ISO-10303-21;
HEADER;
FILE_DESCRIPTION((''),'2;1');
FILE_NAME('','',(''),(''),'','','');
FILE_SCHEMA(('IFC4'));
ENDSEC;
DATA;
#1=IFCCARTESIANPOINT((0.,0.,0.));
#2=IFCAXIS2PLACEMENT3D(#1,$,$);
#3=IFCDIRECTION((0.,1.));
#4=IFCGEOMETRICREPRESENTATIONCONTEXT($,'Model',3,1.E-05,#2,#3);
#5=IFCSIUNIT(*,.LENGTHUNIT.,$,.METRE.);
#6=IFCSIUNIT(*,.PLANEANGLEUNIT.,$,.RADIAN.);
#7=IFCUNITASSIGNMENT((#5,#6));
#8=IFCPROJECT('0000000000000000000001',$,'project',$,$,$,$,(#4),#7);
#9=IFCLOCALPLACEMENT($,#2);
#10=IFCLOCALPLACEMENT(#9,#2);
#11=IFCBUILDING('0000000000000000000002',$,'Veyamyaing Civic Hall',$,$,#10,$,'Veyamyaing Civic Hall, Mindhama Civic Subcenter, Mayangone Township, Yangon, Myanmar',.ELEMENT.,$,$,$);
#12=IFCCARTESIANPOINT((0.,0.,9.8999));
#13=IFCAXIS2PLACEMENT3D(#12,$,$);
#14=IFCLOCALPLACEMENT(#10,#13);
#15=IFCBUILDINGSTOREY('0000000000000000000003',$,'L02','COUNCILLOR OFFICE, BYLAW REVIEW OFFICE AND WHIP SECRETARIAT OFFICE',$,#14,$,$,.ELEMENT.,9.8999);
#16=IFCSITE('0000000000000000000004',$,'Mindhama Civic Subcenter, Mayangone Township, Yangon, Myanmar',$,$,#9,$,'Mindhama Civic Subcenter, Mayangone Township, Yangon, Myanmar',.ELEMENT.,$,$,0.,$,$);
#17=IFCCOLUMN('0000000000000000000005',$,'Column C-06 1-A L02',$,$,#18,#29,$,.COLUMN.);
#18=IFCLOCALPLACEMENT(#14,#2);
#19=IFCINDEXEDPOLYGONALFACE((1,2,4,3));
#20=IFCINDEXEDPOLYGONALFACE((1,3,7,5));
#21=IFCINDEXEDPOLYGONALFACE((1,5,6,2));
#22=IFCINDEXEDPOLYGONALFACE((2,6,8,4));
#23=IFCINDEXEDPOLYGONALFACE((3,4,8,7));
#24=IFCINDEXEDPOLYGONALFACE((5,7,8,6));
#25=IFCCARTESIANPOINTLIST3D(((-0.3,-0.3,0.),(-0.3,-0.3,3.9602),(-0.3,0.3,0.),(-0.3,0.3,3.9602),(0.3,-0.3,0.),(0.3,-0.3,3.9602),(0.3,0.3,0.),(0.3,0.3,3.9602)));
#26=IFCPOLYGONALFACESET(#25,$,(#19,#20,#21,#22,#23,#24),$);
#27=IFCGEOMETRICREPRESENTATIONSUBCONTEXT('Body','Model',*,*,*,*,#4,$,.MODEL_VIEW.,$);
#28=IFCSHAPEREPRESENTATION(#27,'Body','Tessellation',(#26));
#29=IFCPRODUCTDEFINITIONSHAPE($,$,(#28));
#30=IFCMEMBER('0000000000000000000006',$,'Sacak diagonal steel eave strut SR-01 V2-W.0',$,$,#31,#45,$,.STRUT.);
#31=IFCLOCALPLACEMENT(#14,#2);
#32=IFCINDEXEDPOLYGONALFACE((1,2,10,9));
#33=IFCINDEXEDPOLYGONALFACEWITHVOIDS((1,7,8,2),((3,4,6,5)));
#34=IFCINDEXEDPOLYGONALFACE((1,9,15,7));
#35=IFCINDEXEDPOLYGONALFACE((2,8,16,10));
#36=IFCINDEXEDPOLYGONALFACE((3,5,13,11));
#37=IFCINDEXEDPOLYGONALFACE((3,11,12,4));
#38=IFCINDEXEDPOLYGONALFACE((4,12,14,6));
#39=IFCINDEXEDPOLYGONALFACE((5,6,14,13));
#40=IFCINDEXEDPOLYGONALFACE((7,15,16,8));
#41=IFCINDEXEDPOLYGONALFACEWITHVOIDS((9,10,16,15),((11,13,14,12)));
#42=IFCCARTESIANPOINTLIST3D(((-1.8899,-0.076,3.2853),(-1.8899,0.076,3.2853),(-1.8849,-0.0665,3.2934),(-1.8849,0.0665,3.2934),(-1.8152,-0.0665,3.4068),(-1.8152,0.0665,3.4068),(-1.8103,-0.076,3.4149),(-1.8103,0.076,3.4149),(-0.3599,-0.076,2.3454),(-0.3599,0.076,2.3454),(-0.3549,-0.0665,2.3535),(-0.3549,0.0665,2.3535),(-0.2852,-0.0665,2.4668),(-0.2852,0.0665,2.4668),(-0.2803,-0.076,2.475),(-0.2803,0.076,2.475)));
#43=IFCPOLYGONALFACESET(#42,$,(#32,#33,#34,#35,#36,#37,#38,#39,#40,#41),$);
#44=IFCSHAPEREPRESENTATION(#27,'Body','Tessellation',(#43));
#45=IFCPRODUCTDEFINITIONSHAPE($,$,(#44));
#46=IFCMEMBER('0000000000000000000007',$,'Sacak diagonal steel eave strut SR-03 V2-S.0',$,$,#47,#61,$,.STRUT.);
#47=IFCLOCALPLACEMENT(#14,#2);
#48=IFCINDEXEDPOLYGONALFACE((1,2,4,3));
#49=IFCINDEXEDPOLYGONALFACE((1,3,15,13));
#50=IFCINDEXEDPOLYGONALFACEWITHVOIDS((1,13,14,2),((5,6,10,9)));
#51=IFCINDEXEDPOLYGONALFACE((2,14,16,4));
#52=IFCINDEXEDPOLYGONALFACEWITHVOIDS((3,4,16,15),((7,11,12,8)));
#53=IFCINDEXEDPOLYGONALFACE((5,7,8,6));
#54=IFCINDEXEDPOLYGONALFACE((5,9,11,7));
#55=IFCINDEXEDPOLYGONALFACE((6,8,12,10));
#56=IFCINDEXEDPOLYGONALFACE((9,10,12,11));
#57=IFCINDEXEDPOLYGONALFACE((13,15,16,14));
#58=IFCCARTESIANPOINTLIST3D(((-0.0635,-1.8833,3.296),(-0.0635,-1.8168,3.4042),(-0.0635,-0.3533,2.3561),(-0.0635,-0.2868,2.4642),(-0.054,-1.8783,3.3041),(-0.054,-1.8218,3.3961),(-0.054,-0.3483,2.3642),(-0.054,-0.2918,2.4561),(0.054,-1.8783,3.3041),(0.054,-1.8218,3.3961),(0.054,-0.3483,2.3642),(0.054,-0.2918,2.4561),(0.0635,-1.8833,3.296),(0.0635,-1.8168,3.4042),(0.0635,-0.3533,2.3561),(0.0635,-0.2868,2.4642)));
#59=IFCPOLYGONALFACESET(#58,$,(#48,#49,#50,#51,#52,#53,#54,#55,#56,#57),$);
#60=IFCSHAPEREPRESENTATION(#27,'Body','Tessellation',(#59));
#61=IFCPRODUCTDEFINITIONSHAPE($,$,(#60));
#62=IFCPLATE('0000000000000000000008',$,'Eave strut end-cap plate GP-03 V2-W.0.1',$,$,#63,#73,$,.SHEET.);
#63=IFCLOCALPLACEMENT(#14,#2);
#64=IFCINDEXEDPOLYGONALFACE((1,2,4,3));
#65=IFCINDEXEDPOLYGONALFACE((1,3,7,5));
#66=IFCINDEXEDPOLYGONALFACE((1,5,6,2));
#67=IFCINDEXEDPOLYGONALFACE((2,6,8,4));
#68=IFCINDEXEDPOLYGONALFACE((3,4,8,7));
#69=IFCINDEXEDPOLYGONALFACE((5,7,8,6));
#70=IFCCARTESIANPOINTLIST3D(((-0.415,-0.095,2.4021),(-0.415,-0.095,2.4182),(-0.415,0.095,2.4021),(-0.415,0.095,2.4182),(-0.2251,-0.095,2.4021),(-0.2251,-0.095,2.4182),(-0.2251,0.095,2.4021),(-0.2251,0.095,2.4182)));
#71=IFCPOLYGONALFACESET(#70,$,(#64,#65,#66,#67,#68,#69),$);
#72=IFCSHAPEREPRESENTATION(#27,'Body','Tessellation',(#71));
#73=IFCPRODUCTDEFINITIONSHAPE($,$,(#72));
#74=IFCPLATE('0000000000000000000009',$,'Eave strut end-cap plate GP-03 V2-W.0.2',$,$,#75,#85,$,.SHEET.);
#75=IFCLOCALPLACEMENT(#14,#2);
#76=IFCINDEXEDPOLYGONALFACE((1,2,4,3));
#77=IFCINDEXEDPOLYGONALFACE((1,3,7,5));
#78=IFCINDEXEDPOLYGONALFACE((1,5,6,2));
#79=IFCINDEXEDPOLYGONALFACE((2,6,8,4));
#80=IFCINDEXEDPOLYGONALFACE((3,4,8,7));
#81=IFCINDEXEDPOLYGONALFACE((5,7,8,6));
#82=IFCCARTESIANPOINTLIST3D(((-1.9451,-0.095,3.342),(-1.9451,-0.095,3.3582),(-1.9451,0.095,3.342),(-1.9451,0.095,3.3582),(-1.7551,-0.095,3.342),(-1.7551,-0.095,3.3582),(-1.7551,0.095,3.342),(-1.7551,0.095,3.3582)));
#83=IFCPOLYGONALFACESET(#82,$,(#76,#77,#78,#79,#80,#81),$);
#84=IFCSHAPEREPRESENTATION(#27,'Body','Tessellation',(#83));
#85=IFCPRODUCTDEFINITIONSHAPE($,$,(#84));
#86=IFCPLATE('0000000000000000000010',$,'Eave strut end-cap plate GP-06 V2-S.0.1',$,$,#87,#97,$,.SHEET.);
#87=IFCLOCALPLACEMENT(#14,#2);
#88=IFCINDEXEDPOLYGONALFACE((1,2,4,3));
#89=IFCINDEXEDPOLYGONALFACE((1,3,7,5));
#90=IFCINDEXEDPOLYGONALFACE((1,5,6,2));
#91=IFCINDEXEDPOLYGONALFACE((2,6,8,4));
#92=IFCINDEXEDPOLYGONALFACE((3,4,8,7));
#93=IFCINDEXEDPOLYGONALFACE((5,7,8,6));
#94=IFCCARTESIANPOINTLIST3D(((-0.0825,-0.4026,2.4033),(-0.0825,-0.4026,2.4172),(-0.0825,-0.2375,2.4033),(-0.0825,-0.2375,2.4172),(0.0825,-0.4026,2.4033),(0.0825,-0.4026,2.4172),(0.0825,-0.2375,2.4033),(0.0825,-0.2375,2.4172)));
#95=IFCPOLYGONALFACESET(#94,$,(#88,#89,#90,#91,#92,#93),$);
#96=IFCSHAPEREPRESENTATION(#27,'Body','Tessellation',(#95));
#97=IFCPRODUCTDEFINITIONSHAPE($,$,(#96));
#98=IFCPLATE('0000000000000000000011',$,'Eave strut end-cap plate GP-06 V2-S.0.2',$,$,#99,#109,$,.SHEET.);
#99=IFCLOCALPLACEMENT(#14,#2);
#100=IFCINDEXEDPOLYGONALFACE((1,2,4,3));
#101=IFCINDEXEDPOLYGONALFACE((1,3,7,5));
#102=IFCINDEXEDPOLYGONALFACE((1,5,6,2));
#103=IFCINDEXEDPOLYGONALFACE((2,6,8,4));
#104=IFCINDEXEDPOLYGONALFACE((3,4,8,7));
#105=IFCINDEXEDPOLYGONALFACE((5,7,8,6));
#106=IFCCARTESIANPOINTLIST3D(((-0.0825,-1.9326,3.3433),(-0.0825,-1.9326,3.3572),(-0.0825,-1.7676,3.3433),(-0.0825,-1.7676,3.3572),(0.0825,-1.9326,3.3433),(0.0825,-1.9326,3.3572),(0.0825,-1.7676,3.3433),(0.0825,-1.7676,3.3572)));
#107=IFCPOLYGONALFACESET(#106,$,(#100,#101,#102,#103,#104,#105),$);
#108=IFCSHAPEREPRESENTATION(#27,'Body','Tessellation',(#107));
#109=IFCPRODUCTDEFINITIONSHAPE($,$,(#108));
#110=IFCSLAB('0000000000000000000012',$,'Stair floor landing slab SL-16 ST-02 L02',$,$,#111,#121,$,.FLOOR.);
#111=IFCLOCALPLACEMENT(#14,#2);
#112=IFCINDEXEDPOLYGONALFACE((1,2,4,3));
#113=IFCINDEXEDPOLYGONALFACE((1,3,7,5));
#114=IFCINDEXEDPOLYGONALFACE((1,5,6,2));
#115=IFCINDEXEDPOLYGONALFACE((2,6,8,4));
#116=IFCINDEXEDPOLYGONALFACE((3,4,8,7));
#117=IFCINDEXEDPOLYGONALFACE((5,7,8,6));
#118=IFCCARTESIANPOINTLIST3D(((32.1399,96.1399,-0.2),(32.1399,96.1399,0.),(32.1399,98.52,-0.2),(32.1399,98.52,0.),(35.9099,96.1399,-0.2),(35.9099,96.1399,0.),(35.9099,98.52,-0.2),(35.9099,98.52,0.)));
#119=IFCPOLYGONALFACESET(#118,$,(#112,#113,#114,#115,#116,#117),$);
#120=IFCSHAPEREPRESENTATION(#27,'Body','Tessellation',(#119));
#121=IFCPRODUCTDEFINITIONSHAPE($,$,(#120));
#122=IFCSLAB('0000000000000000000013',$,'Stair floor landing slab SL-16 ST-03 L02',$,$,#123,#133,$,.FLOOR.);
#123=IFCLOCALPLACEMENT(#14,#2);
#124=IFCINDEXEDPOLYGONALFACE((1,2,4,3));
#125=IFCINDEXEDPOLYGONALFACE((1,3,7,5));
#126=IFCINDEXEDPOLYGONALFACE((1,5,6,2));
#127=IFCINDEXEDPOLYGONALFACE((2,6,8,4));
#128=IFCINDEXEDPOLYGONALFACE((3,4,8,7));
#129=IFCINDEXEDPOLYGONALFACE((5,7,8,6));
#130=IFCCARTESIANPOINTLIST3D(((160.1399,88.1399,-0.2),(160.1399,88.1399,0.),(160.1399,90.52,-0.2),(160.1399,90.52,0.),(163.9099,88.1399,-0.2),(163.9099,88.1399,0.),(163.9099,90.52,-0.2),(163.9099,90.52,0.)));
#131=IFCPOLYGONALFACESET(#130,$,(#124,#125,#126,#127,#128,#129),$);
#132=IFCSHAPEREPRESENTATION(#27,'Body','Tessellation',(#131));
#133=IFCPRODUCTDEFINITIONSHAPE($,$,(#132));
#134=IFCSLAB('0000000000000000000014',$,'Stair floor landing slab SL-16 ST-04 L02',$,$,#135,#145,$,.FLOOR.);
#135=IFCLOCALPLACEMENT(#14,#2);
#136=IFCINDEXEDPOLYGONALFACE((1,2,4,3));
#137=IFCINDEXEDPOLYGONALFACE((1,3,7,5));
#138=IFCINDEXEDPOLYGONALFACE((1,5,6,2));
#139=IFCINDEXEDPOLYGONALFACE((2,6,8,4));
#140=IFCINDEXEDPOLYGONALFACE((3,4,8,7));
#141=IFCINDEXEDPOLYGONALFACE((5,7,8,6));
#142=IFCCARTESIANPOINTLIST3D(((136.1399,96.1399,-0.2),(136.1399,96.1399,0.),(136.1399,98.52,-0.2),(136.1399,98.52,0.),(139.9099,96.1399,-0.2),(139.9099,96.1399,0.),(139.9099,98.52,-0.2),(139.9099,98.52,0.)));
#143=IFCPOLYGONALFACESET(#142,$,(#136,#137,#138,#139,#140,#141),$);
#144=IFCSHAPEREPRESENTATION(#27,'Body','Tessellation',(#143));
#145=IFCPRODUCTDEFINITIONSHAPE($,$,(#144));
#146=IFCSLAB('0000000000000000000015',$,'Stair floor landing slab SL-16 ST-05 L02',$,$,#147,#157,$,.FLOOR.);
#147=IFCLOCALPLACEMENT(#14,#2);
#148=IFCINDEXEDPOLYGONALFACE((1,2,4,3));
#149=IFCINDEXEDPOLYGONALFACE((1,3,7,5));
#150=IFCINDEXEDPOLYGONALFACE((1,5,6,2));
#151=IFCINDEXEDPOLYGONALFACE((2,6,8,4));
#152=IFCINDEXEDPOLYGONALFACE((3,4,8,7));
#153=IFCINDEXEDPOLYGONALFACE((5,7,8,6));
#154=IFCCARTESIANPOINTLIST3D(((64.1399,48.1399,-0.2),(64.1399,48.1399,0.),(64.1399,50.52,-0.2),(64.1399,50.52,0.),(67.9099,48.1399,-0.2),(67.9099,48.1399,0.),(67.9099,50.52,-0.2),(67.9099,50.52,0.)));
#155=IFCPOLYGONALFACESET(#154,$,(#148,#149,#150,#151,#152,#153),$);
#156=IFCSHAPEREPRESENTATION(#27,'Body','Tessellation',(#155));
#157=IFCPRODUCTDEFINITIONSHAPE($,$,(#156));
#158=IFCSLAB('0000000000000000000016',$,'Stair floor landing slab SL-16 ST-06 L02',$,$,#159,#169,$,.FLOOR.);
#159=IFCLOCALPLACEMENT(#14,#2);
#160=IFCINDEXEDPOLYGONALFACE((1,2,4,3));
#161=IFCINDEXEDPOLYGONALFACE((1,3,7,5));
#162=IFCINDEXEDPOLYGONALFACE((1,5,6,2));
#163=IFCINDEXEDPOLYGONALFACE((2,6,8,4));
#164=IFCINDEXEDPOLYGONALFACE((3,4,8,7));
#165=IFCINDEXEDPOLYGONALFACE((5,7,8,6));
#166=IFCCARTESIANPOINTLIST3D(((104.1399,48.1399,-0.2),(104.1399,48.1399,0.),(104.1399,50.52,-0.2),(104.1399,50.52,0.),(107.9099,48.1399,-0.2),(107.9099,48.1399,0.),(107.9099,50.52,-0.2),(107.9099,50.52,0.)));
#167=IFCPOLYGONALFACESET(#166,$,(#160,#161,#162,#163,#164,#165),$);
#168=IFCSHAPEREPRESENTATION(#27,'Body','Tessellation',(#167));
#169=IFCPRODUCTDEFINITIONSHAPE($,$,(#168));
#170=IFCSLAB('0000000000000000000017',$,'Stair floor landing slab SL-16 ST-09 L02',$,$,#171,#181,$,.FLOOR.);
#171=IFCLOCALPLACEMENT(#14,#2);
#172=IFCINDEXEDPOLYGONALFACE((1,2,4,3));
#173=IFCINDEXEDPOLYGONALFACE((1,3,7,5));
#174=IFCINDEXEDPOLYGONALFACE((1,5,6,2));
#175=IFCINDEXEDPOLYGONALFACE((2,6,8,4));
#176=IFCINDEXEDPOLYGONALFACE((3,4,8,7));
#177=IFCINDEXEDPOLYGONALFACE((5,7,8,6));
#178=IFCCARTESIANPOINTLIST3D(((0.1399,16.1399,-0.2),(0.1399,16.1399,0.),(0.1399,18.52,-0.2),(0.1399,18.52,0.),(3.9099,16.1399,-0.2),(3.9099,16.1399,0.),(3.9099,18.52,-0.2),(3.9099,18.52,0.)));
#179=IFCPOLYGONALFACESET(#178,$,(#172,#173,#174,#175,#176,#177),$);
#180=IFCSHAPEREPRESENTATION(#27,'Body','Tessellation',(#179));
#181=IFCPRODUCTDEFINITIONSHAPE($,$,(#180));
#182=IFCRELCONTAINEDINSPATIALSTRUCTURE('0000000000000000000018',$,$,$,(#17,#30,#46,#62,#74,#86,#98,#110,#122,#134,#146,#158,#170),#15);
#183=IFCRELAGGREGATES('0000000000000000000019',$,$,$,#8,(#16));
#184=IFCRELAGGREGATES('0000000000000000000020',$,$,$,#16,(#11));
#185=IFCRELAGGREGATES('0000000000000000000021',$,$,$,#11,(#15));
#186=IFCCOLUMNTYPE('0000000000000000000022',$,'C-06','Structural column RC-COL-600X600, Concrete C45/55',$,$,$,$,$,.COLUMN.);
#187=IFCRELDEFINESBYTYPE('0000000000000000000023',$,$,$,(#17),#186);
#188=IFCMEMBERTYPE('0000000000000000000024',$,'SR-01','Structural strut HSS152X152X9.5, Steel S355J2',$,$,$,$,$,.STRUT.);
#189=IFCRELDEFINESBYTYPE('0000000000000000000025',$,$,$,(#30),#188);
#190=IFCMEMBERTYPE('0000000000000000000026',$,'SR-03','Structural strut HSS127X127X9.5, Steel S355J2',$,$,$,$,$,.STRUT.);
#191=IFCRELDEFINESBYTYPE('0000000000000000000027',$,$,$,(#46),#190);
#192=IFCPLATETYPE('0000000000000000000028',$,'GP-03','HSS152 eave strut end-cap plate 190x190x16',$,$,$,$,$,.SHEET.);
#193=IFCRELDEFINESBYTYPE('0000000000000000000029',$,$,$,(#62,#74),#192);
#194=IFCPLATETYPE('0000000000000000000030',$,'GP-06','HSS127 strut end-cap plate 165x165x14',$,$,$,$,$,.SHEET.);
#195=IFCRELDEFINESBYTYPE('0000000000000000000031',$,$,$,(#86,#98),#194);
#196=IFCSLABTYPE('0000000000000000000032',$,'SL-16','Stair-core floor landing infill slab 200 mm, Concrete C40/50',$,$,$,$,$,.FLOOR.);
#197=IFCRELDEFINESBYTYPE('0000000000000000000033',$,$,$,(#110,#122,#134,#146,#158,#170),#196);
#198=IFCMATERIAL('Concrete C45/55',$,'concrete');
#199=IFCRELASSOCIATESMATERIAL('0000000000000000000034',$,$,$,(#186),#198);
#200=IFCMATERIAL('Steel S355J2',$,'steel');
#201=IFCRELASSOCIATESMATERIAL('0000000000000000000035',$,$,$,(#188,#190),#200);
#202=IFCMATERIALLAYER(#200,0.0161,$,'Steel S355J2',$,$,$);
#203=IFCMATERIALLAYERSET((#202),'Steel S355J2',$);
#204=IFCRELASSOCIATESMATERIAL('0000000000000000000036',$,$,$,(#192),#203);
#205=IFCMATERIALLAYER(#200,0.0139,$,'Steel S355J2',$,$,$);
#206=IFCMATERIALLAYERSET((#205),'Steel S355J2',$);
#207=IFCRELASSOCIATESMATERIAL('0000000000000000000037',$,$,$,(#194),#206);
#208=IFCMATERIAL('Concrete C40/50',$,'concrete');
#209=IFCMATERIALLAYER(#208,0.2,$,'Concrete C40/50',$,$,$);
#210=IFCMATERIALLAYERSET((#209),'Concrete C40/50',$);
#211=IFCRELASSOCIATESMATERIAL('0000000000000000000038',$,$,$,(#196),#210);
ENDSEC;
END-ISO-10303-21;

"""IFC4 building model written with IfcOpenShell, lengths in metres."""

from ifc_helpers import new_model, si_unit, direction, frame, origin, origin_with_axes, origin_2d, place, context, subcontext, project, spatial, polyline, rectangle, hollow_rectangle, outline, extrude, material, layer, layer_set, material_profile, profile_set, type_object, element, save


model = new_model("IFC4")

# Units and contexts
model_context = context("Model", 3, precision=1e-05, world=origin(), true_north=direction((0.0, 1.0)))
body_context = subcontext(model_context, "Body", "Model", "MODEL_VIEW")
ifc_project = project(units=[si_unit("LENGTHUNIT", "METRE"), si_unit("PLANEANGLEUNIT", "RADIAN")], contexts=[model_context])

# Site, building, storey
site_placement = place(None, origin())
site = spatial("IfcSite", under=ifc_project, at=site_placement, Name="Mindhama Civic Subcenter, Mayangone Township, Yangon, Myanmar", LongName="Mindhama Civic Subcenter, Mayangone Township, Yangon, Myanmar", CompositionType="ELEMENT", RefElevation=0.0)
building_placement = place(site_placement, origin())
building = spatial("IfcBuilding", under=site, at=building_placement, Name="Veyamyaing Civic Hall", LongName="Veyamyaing Civic Hall, Mindhama Civic Subcenter, Mayangone Township, Yangon, Myanmar", CompositionType="ELEMENT")
storey_placement = place(building_placement, frame((0.0, 0.0, 9.8999)))
storey = spatial("IfcBuildingStorey", under=building, at=storey_placement, Name="L02", Description="COUNCILLOR OFFICE, BYLAW REVIEW OFFICE AND WHIP SECRETARIAT OFFICE", CompositionType="ELEMENT", Elevation=9.8999)

# Column
ifc_material_1 = material(Name="Concrete C45/55", Category="concrete")
ifc_material_profile_1 = material_profile(ifc_material_1, rectangle(XDim=0.6001, YDim=0.6001, at=origin_2d()), Name="RC-COL-600X600")
ifc_profile_set_1 = profile_set([ifc_material_profile_1], Name="Concrete C45/55")
column_type = type_object("IfcColumnType", Name="C-06", Description="Structural column RC-COL-600X600, Concrete C45/55", PredefinedType="COLUMN", material=ifc_profile_set_1)
column_placement = place(storey_placement, origin_with_axes())
element("IfcColumn", 1, at=column_placement, inside=storey, type_object=column_type, Name="Column C-06 1-A L02", PredefinedType="COLUMN", context=body_context, shape_type="SweptSolid", body=[
    extrude(rectangle(XDim=0.6001, YDim=0.6001, at=origin_2d()), origin(), (0.0, 0.0, 1.0), 3.9602),
])

# Members
ifc_material_2 = material(Name="Steel S355J2", Category="steel")
ifc_material_profile_2 = material_profile(ifc_material_2, hollow_rectangle(XDim=0.1521, YDim=0.1521, WallThickness=0.0095, at=origin_2d()), Name="HSS152X152X9.5")
ifc_profile_set_2 = profile_set([ifc_material_profile_2], Name="Steel S355J2")
member_type_1 = type_object("IfcMemberType", Name="SR-01", Description="Structural strut HSS152X152X9.5, Steel S355J2", PredefinedType="STRUT", material=ifc_profile_set_2)
member_1_placement = place(storey_placement, frame((-0.3201, 0.0, 2.4102), z_axis=(-0.85206, 0.0, 0.523445), x_axis=(0.0, -1.0, 0.0)))
element("IfcMember", 2, at=member_1_placement, inside=storey, type_object=member_type_1, Name="Sacak diagonal steel eave strut SR-01 V2-W.0", PredefinedType="STRUT", context=body_context, shape_type="SweptSolid", body=[
    extrude(hollow_rectangle(XDim=0.1521, YDim=0.1521, WallThickness=0.0095, at=origin_2d()), origin(), (0.0, 0.0, 1.0), 1.7957),
])
ifc_material_profile_3 = material_profile(ifc_material_2, hollow_rectangle(XDim=0.127, YDim=0.127, WallThickness=0.0095, at=origin_2d()), Name="HSS127X127X9.5")
ifc_profile_set_3 = profile_set([ifc_material_profile_3], Name="Steel S355J2")
member_type_2 = type_object("IfcMemberType", Name="SR-03", Description="Structural strut HSS127X127X9.5, Steel S355J2", PredefinedType="STRUT", material=ifc_profile_set_3)
member_2_placement = place(storey_placement, frame((0.0, -0.3201, 2.4102), z_axis=(0.0, -0.85206, 0.523445), x_axis=(1.0, 0.0, 0.0)))
element("IfcMember", 3, at=member_2_placement, inside=storey, type_object=member_type_2, Name="Sacak diagonal steel eave strut SR-03 V2-S.0", PredefinedType="STRUT", context=body_context, shape_type="SweptSolid", body=[
    extrude(hollow_rectangle(XDim=0.127, YDim=0.127, WallThickness=0.0095, at=origin_2d()), origin(), (0.0, 0.0, 1.0), 1.7957),
])

# Plates
ifc_layer_1 = layer(ifc_material_2, 0.0161, Name="Steel S355J2")
ifc_layer_set_1 = layer_set([ifc_layer_1], Name="Steel S355J2")
plate_type_1 = type_object("IfcPlateType", Name="GP-03", Description="HSS152 eave strut end-cap plate 190x190x16", PredefinedType="SHEET", material=ifc_layer_set_1)
for number, where, z_axis, x_axis, name in (
    (4, (-0.3201, 0.0, 2.4021), (0.0, 0.0, 1.0), (1.0, 0.0, 0.0), "Eave strut end-cap plate GP-03 V2-W.0.1"),
    (5, (-1.8501, 0.0, 3.342), (0.0, 0.0, 1.0), (1.0, 0.0, 0.0), "Eave strut end-cap plate GP-03 V2-W.0.2"),
):
    element("IfcPlate", number, at=place(storey_placement, frame(where, z_axis=z_axis, x_axis=x_axis)), inside=storey, type_object=plate_type_1, Name=name, PredefinedType="SHEET", context=body_context, shape_type="SweptSolid", body=[
        extrude(rectangle(XDim=0.1899, YDim=0.1899, at=origin_2d()), origin(), (0.0, 0.0, 1.0), 0.0161),
    ])
ifc_layer_2 = layer(ifc_material_2, 0.0139, Name="Steel S355J2")
ifc_layer_set_2 = layer_set([ifc_layer_2], Name="Steel S355J2")
plate_type_2 = type_object("IfcPlateType", Name="GP-06", Description="HSS127 strut end-cap plate 165x165x14", PredefinedType="SHEET", material=ifc_layer_set_2)
for number, where, z_axis, x_axis, name in (
    (6, (0.0, -0.3201, 2.4033), (0.0, 0.0, 1.0), (0.0, 1.0, 0.0), "Eave strut end-cap plate GP-06 V2-S.0.1"),
    (7, (0.0, -1.8501, 3.3433), (0.0, 0.0, 1.0), (0.0, 1.0, 0.0), "Eave strut end-cap plate GP-06 V2-S.0.2"),
):
    element("IfcPlate", number, at=place(storey_placement, frame(where, z_axis=z_axis, x_axis=x_axis)), inside=storey, type_object=plate_type_2, Name=name, PredefinedType="SHEET", context=body_context, shape_type="SweptSolid", body=[
        extrude(rectangle(XDim=0.165, YDim=0.165, at=origin_2d()), origin(), (0.0, 0.0, 1.0), 0.0139),
    ])

# Slabs
ifc_material_3 = material(Name="Concrete C40/50", Category="concrete")
ifc_layer_3 = layer(ifc_material_3, 0.2, Name="Concrete C40/50")
ifc_layer_set_3 = layer_set([ifc_layer_3], Name="Concrete C40/50")
slab_type_1 = type_object("IfcSlabType", Name="SL-16", Description="Stair-core floor landing infill slab 200 mm, Concrete C40/50", PredefinedType="FLOOR", material=ifc_layer_set_3)
slab_1_placement = place(storey_placement, frame((0.0, 0.0, -0.2)))
element("IfcSlab", 8, at=slab_1_placement, inside=storey, type_object=slab_type_1, Name="Stair floor landing slab SL-16 ST-02 L02", PredefinedType="FLOOR", context=body_context, shape_type="SweptSolid", body=[
    extrude(outline(polyline([(32.1399, 96.1399), (35.9099, 96.1399), (35.9099, 98.52), (32.1399, 98.52), (32.1399, 96.1399)])), origin(), (0.0, 0.0, 1.0), 0.2),
])
slab_2_placement = place(storey_placement, frame((0.0, 0.0, -0.2)))
element("IfcSlab", 9, at=slab_2_placement, inside=storey, type_object=slab_type_1, Name="Stair floor landing slab SL-16 ST-03 L02", PredefinedType="FLOOR", context=body_context, shape_type="SweptSolid", body=[
    extrude(outline(polyline([(160.1399, 88.1399), (163.9099, 88.1399), (163.9099, 90.52), (160.1399, 90.52), (160.1399, 88.1399)])), origin(), (0.0, 0.0, 1.0), 0.2),
])
slab_3_placement = place(storey_placement, frame((0.0, 0.0, -0.2)))
element("IfcSlab", 10, at=slab_3_placement, inside=storey, type_object=slab_type_1, Name="Stair floor landing slab SL-16 ST-04 L02", PredefinedType="FLOOR", context=body_context, shape_type="SweptSolid", body=[
    extrude(outline(polyline([(136.1399, 96.1399), (139.9099, 96.1399), (139.9099, 98.52), (136.1399, 98.52), (136.1399, 96.1399)])), origin(), (0.0, 0.0, 1.0), 0.2),
])
slab_4_placement = place(storey_placement, frame((0.0, 0.0, -0.2)))
element("IfcSlab", 11, at=slab_4_placement, inside=storey, type_object=slab_type_1, Name="Stair floor landing slab SL-16 ST-05 L02", PredefinedType="FLOOR", context=body_context, shape_type="SweptSolid", body=[
    extrude(outline(polyline([(64.1399, 48.1399), (67.9099, 48.1399), (67.9099, 50.52), (64.1399, 50.52), (64.1399, 48.1399)])), origin(), (0.0, 0.0, 1.0), 0.2),
])
slab_5_placement = place(storey_placement, frame((0.0, 0.0, -0.2)))
element("IfcSlab", 12, at=slab_5_placement, inside=storey, type_object=slab_type_1, Name="Stair floor landing slab SL-16 ST-06 L02", PredefinedType="FLOOR", context=body_context, shape_type="SweptSolid", body=[
    extrude(outline(polyline([(104.1399, 48.1399), (107.9099, 48.1399), (107.9099, 50.52), (104.1399, 50.52), (104.1399, 48.1399)])), origin(), (0.0, 0.0, 1.0), 0.2),
])
slab_6_placement = place(storey_placement, frame((0.0, 0.0, -0.2)))
element("IfcSlab", 13, at=slab_6_placement, inside=storey, type_object=slab_type_1, Name="Stair floor landing slab SL-16 ST-09 L02", PredefinedType="FLOOR", context=body_context, shape_type="SweptSolid", body=[
    extrude(outline(polyline([(0.1399, 16.1399), (3.9099, 16.1399), (3.9099, 18.52), (0.1399, 18.52), (0.1399, 16.1399)])), origin(), (0.0, 0.0, 1.0), 0.2),
])

save(model, "model.ifc")
